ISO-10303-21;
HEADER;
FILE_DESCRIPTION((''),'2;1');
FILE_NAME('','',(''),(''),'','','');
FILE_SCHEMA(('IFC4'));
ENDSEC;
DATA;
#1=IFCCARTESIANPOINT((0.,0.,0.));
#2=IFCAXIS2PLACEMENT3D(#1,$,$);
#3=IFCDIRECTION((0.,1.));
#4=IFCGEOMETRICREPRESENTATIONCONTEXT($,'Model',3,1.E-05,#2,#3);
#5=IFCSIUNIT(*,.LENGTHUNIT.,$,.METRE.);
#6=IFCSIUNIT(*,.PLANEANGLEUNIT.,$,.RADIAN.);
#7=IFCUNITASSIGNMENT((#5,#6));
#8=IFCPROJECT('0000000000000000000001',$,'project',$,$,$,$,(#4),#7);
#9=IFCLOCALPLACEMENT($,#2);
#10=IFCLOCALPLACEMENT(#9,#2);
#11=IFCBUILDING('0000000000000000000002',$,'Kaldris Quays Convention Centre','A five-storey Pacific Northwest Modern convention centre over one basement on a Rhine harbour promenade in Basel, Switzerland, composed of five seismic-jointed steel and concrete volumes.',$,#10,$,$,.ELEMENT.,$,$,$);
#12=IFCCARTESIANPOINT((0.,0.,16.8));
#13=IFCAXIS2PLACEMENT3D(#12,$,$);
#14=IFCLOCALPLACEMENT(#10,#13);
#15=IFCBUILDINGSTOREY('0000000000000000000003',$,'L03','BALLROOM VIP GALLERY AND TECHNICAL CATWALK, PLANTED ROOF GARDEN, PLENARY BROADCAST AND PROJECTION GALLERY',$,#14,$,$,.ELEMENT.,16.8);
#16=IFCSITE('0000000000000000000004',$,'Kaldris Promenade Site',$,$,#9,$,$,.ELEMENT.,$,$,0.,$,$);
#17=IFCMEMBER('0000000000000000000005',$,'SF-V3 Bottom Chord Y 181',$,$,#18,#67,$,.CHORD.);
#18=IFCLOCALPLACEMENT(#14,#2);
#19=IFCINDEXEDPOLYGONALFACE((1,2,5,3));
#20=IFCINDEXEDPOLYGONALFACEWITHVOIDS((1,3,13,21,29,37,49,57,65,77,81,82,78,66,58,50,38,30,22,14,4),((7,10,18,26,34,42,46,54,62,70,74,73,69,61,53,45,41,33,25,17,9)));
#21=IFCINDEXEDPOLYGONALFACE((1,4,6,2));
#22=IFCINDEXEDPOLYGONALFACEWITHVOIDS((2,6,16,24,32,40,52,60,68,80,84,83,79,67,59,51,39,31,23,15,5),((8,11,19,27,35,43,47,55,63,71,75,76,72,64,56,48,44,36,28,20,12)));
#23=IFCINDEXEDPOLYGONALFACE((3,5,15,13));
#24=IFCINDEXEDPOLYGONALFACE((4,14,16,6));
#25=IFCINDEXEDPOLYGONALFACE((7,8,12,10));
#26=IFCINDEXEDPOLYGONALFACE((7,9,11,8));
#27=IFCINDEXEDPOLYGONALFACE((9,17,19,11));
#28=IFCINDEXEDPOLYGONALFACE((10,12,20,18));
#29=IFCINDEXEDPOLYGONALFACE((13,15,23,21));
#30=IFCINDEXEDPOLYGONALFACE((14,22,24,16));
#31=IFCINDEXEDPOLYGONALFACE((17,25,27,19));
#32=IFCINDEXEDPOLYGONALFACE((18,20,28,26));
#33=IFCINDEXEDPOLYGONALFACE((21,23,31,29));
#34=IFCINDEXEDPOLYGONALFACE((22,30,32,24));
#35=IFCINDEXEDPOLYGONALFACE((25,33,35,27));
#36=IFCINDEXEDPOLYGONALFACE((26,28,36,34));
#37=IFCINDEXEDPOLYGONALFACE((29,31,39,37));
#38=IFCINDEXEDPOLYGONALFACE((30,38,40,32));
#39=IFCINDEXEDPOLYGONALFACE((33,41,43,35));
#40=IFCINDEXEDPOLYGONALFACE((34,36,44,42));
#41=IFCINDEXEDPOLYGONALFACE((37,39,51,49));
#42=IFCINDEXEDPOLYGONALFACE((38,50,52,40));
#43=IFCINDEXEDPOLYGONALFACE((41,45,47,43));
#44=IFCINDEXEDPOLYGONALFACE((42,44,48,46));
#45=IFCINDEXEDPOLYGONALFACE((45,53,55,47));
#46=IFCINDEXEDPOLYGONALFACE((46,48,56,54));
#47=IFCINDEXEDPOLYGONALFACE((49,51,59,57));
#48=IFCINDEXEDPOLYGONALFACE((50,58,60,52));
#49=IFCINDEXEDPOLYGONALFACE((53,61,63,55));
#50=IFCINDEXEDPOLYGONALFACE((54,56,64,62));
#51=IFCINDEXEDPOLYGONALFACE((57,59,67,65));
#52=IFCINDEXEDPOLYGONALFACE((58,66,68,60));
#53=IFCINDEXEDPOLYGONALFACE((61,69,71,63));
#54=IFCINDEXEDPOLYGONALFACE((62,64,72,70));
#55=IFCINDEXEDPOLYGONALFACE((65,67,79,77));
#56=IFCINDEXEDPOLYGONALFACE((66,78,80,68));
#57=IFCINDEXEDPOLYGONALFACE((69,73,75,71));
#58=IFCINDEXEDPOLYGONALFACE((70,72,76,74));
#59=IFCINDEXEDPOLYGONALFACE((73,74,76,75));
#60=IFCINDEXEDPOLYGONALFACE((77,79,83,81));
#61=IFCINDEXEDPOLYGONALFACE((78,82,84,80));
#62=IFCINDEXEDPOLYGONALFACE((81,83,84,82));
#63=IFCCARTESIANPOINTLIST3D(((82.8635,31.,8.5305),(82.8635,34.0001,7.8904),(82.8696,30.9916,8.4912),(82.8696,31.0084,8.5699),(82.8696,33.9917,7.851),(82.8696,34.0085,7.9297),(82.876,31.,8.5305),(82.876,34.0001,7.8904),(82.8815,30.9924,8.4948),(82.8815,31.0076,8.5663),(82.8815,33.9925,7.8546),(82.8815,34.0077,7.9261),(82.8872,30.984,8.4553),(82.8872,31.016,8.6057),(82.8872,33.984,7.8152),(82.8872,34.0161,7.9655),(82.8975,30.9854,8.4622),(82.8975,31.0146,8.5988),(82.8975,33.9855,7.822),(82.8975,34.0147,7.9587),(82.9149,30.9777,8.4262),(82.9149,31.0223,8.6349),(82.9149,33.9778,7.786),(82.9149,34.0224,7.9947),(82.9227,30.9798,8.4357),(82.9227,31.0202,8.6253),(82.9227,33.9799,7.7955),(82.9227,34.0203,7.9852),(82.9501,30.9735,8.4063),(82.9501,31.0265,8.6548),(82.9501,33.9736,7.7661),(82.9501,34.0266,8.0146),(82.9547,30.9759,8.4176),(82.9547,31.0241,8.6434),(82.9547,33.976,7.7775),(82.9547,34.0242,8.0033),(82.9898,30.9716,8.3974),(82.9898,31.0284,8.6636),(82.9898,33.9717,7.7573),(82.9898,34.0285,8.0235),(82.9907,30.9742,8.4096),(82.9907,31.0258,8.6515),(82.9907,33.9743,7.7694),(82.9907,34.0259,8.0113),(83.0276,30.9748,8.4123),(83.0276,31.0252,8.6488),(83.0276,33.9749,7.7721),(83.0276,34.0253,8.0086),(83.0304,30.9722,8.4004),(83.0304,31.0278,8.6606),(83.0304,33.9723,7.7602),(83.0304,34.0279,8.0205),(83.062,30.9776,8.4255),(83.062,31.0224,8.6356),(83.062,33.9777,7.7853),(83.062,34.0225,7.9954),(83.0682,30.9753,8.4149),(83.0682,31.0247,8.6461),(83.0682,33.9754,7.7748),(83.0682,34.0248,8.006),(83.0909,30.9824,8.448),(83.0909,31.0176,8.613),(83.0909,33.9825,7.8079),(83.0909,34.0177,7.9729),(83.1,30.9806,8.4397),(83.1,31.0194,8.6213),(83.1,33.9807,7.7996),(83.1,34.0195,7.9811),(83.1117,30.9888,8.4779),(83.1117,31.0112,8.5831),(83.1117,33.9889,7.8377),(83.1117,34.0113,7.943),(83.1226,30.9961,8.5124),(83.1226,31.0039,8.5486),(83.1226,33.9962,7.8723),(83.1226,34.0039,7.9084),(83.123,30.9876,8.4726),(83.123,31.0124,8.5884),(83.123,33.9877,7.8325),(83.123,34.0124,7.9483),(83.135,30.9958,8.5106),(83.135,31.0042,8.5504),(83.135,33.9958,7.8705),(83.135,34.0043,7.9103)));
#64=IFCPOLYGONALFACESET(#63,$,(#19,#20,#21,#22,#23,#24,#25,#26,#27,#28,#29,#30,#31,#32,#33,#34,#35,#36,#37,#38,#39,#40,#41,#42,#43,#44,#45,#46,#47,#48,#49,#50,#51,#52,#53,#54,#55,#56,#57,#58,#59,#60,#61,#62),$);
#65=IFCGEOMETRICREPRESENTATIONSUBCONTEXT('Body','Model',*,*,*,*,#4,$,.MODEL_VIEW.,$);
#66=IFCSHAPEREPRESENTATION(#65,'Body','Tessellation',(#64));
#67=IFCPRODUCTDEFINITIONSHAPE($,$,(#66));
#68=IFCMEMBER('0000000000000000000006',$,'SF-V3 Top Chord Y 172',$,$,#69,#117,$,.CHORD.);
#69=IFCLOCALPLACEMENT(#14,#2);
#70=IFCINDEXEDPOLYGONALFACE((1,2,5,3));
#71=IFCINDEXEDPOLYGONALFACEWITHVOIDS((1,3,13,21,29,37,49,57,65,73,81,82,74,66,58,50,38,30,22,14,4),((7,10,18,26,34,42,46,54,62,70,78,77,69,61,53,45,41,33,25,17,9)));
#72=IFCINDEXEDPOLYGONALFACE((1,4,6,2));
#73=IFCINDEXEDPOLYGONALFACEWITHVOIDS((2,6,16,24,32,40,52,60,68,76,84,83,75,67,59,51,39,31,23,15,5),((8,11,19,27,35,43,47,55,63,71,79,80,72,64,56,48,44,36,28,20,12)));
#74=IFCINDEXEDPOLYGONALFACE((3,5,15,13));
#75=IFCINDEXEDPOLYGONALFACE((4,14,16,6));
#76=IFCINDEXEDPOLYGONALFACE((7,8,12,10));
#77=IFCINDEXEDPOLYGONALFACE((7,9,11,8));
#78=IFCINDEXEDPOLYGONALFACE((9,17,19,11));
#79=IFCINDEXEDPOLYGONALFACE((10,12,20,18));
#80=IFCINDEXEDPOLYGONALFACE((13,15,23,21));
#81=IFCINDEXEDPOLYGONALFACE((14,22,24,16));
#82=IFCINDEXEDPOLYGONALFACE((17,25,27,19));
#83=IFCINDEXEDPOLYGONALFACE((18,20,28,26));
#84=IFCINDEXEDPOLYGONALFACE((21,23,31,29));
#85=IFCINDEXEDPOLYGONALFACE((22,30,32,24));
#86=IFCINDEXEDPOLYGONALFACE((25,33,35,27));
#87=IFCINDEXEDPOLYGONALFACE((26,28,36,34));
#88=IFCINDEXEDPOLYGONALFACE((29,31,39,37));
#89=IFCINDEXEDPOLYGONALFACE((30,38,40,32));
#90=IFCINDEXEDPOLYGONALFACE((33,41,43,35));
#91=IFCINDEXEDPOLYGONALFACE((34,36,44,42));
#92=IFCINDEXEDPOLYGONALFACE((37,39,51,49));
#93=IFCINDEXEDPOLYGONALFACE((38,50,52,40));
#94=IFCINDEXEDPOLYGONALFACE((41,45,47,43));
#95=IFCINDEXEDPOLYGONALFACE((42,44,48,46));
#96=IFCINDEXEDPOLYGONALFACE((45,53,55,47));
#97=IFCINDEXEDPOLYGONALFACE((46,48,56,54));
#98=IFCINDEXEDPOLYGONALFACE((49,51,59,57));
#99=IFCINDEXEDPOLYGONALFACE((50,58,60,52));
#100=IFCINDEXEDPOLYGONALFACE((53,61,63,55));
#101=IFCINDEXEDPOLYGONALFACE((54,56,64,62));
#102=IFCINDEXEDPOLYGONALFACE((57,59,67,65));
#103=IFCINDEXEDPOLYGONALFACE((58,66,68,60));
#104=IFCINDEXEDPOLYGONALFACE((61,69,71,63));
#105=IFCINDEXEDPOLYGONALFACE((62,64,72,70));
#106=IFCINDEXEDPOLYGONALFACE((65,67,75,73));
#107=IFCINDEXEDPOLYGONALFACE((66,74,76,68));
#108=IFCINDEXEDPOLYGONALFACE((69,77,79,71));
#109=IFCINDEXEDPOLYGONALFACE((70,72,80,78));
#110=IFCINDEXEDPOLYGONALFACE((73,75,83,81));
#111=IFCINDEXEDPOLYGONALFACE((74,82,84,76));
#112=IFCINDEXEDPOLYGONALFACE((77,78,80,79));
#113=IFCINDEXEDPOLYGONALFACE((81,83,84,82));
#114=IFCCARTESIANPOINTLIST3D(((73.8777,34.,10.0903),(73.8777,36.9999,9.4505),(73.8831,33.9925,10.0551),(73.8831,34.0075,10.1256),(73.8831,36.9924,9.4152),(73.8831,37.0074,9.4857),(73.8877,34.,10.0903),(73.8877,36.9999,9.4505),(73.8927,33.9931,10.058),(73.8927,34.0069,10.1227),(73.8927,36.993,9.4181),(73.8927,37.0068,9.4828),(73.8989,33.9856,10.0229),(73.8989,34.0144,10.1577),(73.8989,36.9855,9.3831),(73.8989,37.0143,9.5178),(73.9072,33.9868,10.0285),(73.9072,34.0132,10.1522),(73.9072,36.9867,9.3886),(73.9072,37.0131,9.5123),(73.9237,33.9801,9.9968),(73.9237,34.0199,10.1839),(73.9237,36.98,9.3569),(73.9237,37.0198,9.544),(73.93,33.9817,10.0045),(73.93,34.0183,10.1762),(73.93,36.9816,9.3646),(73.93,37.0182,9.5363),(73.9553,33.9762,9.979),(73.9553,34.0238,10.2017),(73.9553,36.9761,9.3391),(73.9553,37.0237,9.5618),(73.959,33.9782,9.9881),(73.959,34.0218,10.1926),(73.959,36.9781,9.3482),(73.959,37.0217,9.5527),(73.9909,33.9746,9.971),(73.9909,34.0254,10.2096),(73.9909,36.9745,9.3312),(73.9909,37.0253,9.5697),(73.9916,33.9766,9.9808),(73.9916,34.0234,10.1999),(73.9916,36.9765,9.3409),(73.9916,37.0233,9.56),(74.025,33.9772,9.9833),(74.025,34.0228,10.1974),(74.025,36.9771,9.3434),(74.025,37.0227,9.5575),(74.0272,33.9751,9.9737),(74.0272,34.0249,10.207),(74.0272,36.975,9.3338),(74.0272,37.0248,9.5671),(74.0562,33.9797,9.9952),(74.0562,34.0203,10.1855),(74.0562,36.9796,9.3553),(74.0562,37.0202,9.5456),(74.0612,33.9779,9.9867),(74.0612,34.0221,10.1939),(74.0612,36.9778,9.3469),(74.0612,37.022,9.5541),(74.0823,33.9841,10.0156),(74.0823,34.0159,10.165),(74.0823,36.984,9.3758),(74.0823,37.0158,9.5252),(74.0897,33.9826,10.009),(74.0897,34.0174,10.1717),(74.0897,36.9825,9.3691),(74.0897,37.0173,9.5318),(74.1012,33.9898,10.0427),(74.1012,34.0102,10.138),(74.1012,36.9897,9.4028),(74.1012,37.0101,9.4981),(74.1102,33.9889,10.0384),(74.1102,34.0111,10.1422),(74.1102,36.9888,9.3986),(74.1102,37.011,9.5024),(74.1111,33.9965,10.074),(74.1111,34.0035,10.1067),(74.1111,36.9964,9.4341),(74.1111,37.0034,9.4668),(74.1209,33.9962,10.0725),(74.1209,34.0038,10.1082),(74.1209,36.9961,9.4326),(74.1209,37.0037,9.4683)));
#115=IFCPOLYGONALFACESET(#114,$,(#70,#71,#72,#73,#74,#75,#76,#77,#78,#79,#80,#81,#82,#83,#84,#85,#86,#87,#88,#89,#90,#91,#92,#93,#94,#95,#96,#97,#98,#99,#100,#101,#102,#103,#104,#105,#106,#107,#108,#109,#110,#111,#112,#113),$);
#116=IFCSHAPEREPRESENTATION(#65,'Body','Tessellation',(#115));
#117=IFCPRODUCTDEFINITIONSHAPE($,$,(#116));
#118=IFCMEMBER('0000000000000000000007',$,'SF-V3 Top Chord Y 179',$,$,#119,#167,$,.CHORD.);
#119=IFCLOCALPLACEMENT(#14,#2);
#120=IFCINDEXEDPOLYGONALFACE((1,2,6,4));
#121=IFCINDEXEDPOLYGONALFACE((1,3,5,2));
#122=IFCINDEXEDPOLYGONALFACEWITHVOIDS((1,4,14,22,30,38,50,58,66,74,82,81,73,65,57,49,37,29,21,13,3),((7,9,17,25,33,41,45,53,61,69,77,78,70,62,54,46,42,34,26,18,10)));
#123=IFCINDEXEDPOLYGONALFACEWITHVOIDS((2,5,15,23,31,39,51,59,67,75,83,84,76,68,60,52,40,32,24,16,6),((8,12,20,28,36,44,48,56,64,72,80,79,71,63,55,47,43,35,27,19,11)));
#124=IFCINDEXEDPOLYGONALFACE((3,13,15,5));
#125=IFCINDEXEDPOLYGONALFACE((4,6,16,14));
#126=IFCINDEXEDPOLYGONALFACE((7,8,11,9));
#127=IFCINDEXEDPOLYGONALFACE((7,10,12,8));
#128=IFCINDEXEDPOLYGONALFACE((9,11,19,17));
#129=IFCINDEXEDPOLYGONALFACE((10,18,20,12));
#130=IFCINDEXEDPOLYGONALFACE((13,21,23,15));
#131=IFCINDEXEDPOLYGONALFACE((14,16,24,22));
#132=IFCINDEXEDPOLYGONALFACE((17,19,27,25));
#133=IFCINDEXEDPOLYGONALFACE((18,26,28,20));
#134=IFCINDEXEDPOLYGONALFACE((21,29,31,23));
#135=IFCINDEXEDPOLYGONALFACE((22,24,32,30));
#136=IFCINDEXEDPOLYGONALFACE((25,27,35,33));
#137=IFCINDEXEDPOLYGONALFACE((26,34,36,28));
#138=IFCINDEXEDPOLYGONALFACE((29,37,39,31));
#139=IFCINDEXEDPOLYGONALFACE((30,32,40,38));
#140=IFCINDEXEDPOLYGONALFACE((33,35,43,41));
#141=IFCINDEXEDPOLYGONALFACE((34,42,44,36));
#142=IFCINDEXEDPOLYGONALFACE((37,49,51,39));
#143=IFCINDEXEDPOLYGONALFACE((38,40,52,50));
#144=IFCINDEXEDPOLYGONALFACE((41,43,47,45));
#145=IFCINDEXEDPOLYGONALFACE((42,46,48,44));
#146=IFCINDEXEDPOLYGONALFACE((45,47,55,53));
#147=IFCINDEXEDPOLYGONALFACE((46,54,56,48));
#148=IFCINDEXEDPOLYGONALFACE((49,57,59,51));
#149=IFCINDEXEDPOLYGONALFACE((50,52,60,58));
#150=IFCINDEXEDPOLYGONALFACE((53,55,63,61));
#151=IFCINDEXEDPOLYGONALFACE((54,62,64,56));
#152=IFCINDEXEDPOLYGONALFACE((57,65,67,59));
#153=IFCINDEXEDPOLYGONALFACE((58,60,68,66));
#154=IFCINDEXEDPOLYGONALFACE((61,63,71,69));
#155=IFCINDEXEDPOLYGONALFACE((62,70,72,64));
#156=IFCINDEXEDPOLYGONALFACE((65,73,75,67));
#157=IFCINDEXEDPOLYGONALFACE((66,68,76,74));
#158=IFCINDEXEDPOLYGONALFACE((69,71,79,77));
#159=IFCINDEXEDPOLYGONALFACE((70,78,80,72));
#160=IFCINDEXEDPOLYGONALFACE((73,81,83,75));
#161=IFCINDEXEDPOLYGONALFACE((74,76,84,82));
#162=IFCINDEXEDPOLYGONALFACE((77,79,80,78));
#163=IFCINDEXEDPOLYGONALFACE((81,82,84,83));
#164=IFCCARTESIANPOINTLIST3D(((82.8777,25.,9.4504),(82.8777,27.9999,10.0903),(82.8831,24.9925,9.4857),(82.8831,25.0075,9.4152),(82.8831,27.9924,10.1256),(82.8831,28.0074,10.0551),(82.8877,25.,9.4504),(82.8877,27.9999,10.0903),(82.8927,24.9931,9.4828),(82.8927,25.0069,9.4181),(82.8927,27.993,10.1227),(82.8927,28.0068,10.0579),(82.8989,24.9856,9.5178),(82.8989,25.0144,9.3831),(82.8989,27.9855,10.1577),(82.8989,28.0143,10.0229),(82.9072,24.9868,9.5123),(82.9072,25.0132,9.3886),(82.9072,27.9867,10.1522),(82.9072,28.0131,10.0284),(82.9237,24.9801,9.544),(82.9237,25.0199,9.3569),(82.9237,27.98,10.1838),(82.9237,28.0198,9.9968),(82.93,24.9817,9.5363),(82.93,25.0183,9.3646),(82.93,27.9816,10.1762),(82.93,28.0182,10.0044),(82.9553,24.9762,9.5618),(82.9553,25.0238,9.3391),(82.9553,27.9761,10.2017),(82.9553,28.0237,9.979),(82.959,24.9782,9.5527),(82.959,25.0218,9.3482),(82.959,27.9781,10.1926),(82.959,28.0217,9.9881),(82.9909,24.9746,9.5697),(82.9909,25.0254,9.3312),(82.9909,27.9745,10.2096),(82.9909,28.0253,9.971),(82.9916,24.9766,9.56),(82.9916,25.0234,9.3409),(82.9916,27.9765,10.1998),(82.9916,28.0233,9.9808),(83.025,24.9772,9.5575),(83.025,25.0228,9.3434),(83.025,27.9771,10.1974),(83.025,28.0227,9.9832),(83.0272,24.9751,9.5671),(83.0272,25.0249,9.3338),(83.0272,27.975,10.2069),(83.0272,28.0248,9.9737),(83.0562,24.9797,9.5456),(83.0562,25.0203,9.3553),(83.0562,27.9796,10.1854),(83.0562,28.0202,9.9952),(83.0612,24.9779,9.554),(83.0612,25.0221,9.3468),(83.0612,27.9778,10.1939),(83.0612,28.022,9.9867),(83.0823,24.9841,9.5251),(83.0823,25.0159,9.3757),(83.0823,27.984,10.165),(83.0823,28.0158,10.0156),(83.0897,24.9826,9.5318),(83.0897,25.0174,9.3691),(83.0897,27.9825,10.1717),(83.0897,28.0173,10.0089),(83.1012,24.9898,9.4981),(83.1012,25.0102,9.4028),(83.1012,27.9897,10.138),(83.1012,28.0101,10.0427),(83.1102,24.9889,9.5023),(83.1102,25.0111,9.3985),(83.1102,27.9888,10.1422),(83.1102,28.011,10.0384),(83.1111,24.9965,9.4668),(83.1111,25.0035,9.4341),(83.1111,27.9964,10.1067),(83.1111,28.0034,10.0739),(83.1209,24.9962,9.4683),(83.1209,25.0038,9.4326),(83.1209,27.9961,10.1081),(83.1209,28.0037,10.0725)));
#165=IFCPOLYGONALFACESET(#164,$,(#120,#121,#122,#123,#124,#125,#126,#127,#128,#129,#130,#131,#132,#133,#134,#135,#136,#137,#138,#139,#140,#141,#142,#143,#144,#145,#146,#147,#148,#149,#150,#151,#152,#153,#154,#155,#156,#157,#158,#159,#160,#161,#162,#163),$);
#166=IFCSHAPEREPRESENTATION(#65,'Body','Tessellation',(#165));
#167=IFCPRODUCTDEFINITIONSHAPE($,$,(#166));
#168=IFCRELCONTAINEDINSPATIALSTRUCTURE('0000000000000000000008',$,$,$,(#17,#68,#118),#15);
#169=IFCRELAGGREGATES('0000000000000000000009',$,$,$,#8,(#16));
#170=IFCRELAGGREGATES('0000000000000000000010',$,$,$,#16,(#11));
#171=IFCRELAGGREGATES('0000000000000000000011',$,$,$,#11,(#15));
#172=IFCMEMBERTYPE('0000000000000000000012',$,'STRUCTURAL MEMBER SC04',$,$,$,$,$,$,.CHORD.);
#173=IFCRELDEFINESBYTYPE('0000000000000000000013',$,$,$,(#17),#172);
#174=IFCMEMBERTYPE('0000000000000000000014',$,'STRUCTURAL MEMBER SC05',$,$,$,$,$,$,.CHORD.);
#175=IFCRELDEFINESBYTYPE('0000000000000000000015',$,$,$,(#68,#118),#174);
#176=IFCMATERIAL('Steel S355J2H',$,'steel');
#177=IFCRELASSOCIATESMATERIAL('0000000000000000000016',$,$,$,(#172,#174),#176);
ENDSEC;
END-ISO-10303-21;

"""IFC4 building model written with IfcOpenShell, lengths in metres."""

from ifc_helpers import new_model, si_unit, direction, frame, origin, origin_2d, place, context, subcontext, project, spatial, hollow_circle, extrude, material, material_profile, profile_set, type_object, element, save


model = new_model("IFC4")

# Units and contexts
model_context = context("Model", 3, precision=1e-05, world=origin(), true_north=direction((0.0, 1.0)))
body_context = subcontext(model_context, "Body", "Model", "MODEL_VIEW")
ifc_project = project(units=[si_unit("LENGTHUNIT", "METRE"), si_unit("PLANEANGLEUNIT", "RADIAN")], contexts=[model_context])

# Site, building, storey
site_placement = place(None, origin())
site = spatial("IfcSite", under=ifc_project, at=site_placement, Name="Kaldris Promenade Site", CompositionType="ELEMENT", RefElevation=0.0)
building_placement = place(site_placement, origin())
building = spatial("IfcBuilding", under=site, at=building_placement, Name="Kaldris Quays Convention Centre", Description="A five-storey Pacific Northwest Modern convention centre over one basement on a Rhine harbour promenade in Basel, Switzerland, composed of five seismic-jointed steel and concrete volumes.", CompositionType="ELEMENT")
storey_placement = place(building_placement, frame((0.0, 0.0, 16.8)))
storey = spatial("IfcBuildingStorey", under=building, at=storey_placement, Name="L03", Description="BALLROOM VIP GALLERY AND TECHNICAL CATWALK, PLANTED ROOF GARDEN, PLENARY BROADCAST AND PROJECTION GALLERY", CompositionType="ELEMENT", Elevation=16.8)

# Members
ifc_material_1 = material(Name="Steel S355J2H", Category="steel")
ifc_material_profile_1 = material_profile(ifc_material_1, hollow_circle(Radius=0.1365, WallThickness=0.0125, at=origin_2d()), Name="CHS 273x12.5")
ifc_profile_set_1 = profile_set([ifc_material_profile_1], Name="Steel S355J2H")
member_type_1 = type_object("IfcMemberType", Name="STRUCTURAL MEMBER SC04", PredefinedType="CHORD", material=ifc_profile_set_1)
for number, where, z_axis, x_axis, name in (
    (1, (83.0, 31.0, 8.5305), (0.0, 0.977984, -0.208681), (-1.0, 0.0, 0.0), "SF-V3 Bottom Chord Y 181"),
):
    element("IfcMember", number, at=place(storey_placement, frame(where, z_axis=z_axis, x_axis=x_axis)), inside=storey, type_object=member_type_1, Name=name, PredefinedType="CHORD", context=body_context, shape_type="SweptSolid", body=[
        extrude(hollow_circle(Radius=0.1365, WallThickness=0.0125, at=origin_2d()), origin(), (0.0, 0.0, 1.0), 3.0676),
    ])
ifc_material_profile_2 = material_profile(ifc_material_1, hollow_circle(Radius=0.1223, WallThickness=0.01, at=origin_2d()), Name="CHS 244.5x10")
ifc_profile_set_2 = profile_set([ifc_material_profile_2], Name="Steel S355J2H")
member_type_2 = type_object("IfcMemberType", Name="STRUCTURAL MEMBER SC05", PredefinedType="CHORD", material=ifc_profile_set_2)
for number, where, z_axis, x_axis, name in (
    (2, (74.0, 34.0, 10.0903), (0.0, 0.978, -0.208605), (-1.0, 0.0, 0.0), "SF-V3 Top Chord Y 172"),
    (3, (83.0, 25.0, 9.4504), (0.0, 0.978, 0.208605), (-1.0, 0.0, 0.0), "SF-V3 Top Chord Y 179"),
):
    element("IfcMember", number, at=place(storey_placement, frame(where, z_axis=z_axis, x_axis=x_axis)), inside=storey, type_object=member_type_2, Name=name, PredefinedType="CHORD", context=body_context, shape_type="SweptSolid", body=[
        extrude(hollow_circle(Radius=0.1223, WallThickness=0.01, at=origin_2d()), origin(), (0.0, 0.0, 1.0), 3.0674),
    ])

save(model, "model.ifc")
